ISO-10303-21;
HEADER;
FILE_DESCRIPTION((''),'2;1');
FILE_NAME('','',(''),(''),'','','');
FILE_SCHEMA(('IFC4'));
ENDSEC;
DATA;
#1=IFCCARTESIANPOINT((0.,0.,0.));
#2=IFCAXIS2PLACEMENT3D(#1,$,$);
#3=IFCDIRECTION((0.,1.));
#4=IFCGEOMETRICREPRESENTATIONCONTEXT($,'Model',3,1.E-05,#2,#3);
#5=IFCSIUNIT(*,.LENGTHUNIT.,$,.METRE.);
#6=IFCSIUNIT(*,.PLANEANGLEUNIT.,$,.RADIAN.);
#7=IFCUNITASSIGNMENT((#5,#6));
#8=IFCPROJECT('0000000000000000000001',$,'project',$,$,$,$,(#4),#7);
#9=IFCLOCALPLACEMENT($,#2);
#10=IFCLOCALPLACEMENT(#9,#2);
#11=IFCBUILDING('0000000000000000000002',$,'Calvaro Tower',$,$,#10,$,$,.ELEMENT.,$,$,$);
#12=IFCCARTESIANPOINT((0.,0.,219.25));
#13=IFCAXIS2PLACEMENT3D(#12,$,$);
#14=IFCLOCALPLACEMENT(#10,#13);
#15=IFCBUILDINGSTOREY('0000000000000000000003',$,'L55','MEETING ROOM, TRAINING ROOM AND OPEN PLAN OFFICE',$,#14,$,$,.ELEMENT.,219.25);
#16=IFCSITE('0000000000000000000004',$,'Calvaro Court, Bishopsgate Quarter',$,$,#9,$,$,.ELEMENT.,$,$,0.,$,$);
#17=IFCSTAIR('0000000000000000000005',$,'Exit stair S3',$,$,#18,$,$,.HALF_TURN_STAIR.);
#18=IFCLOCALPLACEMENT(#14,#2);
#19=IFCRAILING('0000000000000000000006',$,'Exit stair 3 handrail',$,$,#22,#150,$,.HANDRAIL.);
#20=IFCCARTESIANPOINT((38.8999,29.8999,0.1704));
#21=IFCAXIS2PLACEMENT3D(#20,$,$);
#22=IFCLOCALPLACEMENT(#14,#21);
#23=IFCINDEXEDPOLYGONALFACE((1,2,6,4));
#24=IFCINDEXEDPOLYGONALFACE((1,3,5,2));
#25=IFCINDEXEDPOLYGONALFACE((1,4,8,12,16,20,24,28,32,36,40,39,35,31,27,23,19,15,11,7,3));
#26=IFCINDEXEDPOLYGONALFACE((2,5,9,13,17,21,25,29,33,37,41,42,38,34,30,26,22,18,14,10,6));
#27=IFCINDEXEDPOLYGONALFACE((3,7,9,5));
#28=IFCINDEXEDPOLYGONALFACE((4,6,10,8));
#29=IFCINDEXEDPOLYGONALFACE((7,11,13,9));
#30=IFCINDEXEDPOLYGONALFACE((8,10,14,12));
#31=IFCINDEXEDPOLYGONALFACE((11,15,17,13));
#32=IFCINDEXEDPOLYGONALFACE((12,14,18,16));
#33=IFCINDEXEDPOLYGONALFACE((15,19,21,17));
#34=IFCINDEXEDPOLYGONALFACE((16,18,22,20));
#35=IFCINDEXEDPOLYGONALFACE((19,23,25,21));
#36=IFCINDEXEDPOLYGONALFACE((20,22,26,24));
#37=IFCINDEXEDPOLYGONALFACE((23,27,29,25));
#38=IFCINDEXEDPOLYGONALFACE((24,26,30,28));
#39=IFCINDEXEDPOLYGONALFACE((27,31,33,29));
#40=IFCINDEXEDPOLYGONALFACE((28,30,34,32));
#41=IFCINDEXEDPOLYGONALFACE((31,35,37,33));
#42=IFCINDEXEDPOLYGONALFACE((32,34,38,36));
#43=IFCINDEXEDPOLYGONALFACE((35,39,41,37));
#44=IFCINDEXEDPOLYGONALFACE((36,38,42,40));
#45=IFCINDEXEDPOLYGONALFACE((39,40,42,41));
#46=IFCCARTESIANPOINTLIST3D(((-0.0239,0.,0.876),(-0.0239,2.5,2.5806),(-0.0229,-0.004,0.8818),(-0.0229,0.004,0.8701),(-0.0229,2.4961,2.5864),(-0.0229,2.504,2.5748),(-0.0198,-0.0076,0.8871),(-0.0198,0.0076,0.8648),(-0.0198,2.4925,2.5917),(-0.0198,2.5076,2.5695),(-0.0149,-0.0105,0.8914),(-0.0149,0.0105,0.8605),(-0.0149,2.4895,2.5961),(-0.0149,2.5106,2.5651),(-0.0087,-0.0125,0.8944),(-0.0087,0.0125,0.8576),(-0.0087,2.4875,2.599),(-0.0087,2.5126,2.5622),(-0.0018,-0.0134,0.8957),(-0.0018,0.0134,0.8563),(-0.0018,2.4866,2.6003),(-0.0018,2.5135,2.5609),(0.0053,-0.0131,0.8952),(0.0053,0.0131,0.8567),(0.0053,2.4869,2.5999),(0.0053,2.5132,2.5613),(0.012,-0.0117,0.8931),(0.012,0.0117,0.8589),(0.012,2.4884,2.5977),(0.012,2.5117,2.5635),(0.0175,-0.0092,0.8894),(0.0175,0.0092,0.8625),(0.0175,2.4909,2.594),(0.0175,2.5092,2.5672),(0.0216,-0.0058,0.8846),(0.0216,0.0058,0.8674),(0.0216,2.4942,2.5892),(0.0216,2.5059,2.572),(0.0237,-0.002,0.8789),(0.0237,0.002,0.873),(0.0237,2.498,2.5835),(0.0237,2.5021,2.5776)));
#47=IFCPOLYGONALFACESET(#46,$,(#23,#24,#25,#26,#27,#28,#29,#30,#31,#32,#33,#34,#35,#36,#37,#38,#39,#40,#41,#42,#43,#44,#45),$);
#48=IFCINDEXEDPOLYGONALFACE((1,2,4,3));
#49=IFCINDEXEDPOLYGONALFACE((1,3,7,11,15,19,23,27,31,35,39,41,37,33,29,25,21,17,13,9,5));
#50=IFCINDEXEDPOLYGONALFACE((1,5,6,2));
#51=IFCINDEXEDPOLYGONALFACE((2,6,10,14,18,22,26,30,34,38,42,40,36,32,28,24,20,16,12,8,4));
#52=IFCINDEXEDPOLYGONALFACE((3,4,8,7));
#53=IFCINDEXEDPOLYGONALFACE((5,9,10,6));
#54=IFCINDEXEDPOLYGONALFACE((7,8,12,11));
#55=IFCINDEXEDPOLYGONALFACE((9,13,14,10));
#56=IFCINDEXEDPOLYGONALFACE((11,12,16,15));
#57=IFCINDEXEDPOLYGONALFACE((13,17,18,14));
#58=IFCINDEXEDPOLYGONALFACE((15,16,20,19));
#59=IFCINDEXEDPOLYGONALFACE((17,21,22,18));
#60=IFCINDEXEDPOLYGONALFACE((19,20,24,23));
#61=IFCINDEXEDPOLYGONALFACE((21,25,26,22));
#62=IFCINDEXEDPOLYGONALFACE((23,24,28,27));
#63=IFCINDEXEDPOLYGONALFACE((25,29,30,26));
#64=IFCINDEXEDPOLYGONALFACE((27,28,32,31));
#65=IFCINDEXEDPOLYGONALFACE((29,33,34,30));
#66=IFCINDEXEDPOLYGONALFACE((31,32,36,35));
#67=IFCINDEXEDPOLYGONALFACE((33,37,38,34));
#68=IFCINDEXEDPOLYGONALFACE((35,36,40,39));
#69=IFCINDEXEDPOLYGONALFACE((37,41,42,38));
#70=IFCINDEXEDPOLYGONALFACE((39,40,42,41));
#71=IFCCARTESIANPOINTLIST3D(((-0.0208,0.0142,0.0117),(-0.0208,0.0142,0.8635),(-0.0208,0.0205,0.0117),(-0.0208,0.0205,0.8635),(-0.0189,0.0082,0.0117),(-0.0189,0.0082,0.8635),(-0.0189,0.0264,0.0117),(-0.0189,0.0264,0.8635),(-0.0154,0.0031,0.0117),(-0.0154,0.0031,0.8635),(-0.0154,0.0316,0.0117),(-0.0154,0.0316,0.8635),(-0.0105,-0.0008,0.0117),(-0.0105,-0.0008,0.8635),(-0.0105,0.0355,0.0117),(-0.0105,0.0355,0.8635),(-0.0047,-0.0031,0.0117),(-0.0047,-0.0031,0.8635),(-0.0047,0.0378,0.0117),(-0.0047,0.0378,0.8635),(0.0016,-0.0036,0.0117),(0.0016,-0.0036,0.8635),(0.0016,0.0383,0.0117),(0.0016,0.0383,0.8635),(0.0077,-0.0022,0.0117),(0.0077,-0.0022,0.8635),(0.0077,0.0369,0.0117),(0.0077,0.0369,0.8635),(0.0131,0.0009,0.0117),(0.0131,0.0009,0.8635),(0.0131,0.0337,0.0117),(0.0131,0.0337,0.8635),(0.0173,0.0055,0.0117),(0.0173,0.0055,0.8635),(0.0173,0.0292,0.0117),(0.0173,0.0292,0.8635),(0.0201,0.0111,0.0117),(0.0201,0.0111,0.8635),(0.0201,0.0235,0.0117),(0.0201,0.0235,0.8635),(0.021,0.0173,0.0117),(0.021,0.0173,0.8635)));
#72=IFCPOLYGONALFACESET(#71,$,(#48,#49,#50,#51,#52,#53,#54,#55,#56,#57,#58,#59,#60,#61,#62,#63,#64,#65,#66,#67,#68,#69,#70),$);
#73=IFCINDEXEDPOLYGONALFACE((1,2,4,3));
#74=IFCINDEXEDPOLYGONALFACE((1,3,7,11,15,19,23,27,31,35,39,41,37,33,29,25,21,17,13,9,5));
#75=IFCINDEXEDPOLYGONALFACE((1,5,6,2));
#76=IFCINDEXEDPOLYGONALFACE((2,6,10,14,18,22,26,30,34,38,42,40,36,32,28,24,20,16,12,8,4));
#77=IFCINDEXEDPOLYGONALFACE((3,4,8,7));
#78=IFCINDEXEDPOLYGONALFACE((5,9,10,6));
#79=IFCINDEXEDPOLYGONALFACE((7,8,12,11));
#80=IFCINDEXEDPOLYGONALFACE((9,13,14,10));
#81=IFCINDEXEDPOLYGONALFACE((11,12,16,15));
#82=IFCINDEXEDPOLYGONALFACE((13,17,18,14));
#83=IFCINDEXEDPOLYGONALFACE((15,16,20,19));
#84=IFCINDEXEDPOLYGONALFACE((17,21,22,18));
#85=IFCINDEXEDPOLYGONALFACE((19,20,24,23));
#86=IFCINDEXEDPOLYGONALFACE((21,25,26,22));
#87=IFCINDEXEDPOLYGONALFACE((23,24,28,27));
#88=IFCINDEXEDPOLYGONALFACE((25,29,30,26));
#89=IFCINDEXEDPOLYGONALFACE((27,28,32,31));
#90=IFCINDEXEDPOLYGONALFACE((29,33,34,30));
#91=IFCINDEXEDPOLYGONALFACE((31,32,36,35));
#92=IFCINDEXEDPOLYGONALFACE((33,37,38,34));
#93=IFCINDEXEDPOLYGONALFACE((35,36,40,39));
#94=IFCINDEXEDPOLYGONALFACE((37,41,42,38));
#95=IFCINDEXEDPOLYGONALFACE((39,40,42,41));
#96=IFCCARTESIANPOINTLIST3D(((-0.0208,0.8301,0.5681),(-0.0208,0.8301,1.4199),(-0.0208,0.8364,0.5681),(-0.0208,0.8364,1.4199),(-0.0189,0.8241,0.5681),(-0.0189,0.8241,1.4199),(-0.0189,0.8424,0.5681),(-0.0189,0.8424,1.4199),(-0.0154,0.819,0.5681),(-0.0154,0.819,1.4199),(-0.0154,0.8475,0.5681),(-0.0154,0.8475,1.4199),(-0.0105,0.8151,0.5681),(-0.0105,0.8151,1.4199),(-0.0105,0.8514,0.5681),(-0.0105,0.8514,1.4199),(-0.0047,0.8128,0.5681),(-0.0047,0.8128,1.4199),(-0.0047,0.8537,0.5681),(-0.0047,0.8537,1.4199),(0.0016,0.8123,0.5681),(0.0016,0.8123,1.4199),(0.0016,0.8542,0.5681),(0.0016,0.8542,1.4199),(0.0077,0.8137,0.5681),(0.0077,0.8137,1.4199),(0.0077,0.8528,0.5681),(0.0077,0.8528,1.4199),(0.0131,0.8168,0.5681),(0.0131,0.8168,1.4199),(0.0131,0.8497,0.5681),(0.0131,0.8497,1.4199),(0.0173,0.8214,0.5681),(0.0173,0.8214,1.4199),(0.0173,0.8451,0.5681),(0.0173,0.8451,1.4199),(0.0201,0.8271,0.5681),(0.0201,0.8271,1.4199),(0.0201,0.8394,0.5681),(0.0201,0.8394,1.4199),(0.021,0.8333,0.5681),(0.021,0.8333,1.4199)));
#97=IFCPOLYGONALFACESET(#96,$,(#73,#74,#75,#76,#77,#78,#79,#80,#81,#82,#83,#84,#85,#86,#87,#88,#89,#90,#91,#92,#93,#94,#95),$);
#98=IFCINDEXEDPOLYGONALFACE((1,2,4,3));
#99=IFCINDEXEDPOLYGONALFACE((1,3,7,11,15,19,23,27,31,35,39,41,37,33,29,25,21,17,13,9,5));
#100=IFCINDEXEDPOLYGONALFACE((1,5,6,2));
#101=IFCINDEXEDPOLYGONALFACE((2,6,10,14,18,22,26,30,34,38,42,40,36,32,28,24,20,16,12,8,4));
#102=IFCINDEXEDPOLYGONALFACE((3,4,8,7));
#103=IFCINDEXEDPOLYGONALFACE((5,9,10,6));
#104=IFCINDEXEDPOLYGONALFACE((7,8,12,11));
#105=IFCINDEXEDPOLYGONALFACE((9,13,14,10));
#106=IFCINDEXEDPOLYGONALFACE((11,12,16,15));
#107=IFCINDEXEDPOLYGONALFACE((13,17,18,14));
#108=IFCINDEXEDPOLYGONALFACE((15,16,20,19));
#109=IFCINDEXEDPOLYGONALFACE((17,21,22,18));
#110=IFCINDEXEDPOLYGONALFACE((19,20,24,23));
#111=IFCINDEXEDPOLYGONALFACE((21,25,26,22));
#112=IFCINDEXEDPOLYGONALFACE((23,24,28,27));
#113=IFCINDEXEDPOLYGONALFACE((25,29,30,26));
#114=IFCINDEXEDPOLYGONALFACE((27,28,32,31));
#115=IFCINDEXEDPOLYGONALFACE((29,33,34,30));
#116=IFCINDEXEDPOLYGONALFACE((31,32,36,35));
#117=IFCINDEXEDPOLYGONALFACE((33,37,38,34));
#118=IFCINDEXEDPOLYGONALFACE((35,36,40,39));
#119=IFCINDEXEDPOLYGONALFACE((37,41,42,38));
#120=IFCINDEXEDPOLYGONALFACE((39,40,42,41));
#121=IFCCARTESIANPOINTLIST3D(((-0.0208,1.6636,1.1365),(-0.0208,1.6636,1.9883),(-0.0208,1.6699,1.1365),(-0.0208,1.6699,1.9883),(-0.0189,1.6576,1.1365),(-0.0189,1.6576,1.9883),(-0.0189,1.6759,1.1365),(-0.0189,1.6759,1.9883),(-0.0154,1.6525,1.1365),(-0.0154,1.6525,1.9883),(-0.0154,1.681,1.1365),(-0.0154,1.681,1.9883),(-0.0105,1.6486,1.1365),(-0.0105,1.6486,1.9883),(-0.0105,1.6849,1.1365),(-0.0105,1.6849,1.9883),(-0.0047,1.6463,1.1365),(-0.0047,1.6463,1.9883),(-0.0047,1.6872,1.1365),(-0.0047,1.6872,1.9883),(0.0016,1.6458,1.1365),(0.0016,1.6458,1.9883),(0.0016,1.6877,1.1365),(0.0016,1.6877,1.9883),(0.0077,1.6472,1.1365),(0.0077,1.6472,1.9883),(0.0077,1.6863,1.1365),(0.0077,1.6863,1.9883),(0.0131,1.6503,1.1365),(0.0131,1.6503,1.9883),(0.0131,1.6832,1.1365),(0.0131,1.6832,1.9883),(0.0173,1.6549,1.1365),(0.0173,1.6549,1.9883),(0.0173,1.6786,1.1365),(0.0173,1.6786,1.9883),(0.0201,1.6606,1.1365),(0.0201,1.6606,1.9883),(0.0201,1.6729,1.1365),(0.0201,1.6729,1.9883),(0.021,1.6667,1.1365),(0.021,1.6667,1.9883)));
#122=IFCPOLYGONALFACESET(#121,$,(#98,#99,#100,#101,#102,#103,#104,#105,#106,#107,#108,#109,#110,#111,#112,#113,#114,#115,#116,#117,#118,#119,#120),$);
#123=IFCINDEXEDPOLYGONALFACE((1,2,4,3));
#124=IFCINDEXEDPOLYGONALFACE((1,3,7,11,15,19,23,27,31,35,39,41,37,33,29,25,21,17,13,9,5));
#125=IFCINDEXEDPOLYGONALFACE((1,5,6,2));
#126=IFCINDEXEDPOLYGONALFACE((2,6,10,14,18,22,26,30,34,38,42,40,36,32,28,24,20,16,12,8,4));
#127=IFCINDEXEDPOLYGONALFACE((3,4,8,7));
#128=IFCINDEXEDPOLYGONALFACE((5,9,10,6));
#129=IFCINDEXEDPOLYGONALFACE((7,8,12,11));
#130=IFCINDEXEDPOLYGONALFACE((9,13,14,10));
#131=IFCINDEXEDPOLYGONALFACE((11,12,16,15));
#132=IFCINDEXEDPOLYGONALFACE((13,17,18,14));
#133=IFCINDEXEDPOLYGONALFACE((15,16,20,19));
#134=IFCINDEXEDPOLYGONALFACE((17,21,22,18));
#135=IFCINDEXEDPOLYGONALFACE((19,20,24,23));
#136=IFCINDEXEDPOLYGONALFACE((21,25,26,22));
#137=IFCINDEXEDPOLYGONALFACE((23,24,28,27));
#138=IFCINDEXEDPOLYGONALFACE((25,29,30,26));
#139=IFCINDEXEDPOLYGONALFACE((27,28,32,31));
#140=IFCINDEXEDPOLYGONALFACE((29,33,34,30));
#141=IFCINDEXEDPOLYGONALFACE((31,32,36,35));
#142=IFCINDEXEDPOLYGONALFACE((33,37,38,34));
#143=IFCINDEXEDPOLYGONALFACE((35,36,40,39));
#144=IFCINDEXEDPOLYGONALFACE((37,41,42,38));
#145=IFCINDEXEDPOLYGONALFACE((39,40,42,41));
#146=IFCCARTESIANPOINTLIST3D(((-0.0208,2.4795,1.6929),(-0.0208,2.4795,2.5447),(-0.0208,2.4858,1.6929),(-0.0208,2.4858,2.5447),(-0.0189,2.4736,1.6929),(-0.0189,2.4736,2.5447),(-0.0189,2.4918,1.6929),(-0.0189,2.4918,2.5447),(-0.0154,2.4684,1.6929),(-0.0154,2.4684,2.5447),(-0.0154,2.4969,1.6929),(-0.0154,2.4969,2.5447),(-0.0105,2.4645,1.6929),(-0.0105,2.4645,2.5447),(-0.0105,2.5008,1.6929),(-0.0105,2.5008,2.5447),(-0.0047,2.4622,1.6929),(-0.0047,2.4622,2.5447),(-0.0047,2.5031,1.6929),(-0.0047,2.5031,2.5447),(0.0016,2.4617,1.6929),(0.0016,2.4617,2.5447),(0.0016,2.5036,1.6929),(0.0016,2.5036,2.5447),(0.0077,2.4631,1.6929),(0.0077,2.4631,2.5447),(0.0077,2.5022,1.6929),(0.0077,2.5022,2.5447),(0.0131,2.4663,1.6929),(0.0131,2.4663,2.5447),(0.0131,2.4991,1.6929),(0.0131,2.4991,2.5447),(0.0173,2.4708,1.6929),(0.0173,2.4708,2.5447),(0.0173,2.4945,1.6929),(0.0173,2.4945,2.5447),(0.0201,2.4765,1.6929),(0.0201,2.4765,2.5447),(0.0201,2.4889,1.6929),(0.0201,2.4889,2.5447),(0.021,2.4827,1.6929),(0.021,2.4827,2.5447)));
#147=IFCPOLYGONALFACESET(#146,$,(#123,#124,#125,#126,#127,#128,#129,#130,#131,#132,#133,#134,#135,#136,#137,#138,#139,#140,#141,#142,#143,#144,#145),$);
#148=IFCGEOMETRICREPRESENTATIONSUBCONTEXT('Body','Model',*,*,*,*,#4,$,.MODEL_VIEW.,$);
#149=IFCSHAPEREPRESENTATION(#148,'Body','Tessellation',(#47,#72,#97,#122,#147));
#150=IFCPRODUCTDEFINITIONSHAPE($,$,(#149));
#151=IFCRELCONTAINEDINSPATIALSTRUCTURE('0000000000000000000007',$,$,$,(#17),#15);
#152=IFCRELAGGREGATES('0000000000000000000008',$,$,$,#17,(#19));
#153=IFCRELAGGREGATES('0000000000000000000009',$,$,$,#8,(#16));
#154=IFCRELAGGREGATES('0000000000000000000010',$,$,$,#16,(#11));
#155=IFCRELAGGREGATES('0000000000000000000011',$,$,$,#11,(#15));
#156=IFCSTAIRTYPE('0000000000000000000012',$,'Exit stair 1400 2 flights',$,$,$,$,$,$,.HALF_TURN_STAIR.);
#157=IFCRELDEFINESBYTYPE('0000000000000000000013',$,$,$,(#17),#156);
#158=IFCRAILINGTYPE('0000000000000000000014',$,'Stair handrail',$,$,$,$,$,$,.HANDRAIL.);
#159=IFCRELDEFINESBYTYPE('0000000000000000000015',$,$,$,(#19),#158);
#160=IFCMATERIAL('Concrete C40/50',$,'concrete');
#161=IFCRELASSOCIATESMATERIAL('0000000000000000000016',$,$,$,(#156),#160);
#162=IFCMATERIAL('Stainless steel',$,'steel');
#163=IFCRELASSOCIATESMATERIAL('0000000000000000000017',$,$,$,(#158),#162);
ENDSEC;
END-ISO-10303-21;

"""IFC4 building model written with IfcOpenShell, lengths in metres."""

from ifc_helpers import new_model, si_unit, direction, frame, origin, origin_2d, place, context, subcontext, project, spatial, circle, extrude, material, type_object, element, aggregate, save


model = new_model("IFC4")

# Units and contexts
model_context = context("Model", 3, precision=1e-05, world=origin(), true_north=direction((0.0, 1.0)))
body_context = subcontext(model_context, "Body", "Model", "MODEL_VIEW")
ifc_project = project(units=[si_unit("LENGTHUNIT", "METRE"), si_unit("PLANEANGLEUNIT", "RADIAN")], contexts=[model_context])

# Site, building, storey
site_placement = place(None, origin())
site = spatial("IfcSite", under=ifc_project, at=site_placement, Name="Calvaro Court, Bishopsgate Quarter", CompositionType="ELEMENT", RefElevation=0.0)
building_placement = place(site_placement, origin())
building = spatial("IfcBuilding", under=site, at=building_placement, Name="Calvaro Tower", CompositionType="ELEMENT")
storey_placement = place(building_placement, frame((0.0, 0.0, 219.25)))
storey = spatial("IfcBuildingStorey", under=building, at=storey_placement, Name="L55", Description="MEETING ROOM, TRAINING ROOM AND OPEN PLAN OFFICE", CompositionType="ELEMENT", Elevation=219.25)

# Stair, railing
ifc_material_1 = material(Name="Concrete C40/50", Category="concrete")
stair_type = type_object("IfcStairType", Name="Exit stair 1400 2 flights", PredefinedType="HALF_TURN_STAIR", material=ifc_material_1)
stair_1_placement = place(storey_placement, origin())
stair_1 = element("IfcStair", 1, at=stair_1_placement, inside=storey, type_object=stair_type, Name="Exit stair S3", PredefinedType="HALF_TURN_STAIR")
ifc_material_2 = material(Name="Stainless steel", Category="steel")
railing_type = type_object("IfcRailingType", Name="Stair handrail", PredefinedType="HANDRAIL", material=ifc_material_2)
railing_1_placement = place(storey_placement, frame((38.8999, 29.8999, 0.1704)))
railing_1 = element("IfcRailing", 2, at=railing_1_placement, type_object=railing_type, Name="Exit stair 3 handrail", PredefinedType="HANDRAIL", context=body_context, shape_type="SweptSolid", body=[
    extrude(circle(Radius=0.0239, at=origin_2d()), frame((0.0, 0.0, 0.876), z_axis=(0.0, 0.826221, 0.563347), x_axis=(-1.0, 0.0, 0.0)), (0.0, 0.0, 1.0), 3.0259),
    extrude(circle(Radius=0.021, at=origin_2d()), frame((0.0, 0.0173, 0.0117)), (0.0, 0.0, 1.0), 0.8518),
    extrude(circle(Radius=0.021, at=origin_2d()), frame((0.0, 0.8333, 0.5681)), (0.0, 0.0, 1.0), 0.8518),
    extrude(circle(Radius=0.021, at=origin_2d()), frame((0.0, 1.6667, 1.1365)), (0.0, 0.0, 1.0), 0.8518),
    extrude(circle(Radius=0.021, at=origin_2d()), frame((0.0, 2.4827, 1.6929)), (0.0, 0.0, 1.0), 0.8518),
])
aggregate(stair_1, [railing_1])

save(model, "model.ifc")
